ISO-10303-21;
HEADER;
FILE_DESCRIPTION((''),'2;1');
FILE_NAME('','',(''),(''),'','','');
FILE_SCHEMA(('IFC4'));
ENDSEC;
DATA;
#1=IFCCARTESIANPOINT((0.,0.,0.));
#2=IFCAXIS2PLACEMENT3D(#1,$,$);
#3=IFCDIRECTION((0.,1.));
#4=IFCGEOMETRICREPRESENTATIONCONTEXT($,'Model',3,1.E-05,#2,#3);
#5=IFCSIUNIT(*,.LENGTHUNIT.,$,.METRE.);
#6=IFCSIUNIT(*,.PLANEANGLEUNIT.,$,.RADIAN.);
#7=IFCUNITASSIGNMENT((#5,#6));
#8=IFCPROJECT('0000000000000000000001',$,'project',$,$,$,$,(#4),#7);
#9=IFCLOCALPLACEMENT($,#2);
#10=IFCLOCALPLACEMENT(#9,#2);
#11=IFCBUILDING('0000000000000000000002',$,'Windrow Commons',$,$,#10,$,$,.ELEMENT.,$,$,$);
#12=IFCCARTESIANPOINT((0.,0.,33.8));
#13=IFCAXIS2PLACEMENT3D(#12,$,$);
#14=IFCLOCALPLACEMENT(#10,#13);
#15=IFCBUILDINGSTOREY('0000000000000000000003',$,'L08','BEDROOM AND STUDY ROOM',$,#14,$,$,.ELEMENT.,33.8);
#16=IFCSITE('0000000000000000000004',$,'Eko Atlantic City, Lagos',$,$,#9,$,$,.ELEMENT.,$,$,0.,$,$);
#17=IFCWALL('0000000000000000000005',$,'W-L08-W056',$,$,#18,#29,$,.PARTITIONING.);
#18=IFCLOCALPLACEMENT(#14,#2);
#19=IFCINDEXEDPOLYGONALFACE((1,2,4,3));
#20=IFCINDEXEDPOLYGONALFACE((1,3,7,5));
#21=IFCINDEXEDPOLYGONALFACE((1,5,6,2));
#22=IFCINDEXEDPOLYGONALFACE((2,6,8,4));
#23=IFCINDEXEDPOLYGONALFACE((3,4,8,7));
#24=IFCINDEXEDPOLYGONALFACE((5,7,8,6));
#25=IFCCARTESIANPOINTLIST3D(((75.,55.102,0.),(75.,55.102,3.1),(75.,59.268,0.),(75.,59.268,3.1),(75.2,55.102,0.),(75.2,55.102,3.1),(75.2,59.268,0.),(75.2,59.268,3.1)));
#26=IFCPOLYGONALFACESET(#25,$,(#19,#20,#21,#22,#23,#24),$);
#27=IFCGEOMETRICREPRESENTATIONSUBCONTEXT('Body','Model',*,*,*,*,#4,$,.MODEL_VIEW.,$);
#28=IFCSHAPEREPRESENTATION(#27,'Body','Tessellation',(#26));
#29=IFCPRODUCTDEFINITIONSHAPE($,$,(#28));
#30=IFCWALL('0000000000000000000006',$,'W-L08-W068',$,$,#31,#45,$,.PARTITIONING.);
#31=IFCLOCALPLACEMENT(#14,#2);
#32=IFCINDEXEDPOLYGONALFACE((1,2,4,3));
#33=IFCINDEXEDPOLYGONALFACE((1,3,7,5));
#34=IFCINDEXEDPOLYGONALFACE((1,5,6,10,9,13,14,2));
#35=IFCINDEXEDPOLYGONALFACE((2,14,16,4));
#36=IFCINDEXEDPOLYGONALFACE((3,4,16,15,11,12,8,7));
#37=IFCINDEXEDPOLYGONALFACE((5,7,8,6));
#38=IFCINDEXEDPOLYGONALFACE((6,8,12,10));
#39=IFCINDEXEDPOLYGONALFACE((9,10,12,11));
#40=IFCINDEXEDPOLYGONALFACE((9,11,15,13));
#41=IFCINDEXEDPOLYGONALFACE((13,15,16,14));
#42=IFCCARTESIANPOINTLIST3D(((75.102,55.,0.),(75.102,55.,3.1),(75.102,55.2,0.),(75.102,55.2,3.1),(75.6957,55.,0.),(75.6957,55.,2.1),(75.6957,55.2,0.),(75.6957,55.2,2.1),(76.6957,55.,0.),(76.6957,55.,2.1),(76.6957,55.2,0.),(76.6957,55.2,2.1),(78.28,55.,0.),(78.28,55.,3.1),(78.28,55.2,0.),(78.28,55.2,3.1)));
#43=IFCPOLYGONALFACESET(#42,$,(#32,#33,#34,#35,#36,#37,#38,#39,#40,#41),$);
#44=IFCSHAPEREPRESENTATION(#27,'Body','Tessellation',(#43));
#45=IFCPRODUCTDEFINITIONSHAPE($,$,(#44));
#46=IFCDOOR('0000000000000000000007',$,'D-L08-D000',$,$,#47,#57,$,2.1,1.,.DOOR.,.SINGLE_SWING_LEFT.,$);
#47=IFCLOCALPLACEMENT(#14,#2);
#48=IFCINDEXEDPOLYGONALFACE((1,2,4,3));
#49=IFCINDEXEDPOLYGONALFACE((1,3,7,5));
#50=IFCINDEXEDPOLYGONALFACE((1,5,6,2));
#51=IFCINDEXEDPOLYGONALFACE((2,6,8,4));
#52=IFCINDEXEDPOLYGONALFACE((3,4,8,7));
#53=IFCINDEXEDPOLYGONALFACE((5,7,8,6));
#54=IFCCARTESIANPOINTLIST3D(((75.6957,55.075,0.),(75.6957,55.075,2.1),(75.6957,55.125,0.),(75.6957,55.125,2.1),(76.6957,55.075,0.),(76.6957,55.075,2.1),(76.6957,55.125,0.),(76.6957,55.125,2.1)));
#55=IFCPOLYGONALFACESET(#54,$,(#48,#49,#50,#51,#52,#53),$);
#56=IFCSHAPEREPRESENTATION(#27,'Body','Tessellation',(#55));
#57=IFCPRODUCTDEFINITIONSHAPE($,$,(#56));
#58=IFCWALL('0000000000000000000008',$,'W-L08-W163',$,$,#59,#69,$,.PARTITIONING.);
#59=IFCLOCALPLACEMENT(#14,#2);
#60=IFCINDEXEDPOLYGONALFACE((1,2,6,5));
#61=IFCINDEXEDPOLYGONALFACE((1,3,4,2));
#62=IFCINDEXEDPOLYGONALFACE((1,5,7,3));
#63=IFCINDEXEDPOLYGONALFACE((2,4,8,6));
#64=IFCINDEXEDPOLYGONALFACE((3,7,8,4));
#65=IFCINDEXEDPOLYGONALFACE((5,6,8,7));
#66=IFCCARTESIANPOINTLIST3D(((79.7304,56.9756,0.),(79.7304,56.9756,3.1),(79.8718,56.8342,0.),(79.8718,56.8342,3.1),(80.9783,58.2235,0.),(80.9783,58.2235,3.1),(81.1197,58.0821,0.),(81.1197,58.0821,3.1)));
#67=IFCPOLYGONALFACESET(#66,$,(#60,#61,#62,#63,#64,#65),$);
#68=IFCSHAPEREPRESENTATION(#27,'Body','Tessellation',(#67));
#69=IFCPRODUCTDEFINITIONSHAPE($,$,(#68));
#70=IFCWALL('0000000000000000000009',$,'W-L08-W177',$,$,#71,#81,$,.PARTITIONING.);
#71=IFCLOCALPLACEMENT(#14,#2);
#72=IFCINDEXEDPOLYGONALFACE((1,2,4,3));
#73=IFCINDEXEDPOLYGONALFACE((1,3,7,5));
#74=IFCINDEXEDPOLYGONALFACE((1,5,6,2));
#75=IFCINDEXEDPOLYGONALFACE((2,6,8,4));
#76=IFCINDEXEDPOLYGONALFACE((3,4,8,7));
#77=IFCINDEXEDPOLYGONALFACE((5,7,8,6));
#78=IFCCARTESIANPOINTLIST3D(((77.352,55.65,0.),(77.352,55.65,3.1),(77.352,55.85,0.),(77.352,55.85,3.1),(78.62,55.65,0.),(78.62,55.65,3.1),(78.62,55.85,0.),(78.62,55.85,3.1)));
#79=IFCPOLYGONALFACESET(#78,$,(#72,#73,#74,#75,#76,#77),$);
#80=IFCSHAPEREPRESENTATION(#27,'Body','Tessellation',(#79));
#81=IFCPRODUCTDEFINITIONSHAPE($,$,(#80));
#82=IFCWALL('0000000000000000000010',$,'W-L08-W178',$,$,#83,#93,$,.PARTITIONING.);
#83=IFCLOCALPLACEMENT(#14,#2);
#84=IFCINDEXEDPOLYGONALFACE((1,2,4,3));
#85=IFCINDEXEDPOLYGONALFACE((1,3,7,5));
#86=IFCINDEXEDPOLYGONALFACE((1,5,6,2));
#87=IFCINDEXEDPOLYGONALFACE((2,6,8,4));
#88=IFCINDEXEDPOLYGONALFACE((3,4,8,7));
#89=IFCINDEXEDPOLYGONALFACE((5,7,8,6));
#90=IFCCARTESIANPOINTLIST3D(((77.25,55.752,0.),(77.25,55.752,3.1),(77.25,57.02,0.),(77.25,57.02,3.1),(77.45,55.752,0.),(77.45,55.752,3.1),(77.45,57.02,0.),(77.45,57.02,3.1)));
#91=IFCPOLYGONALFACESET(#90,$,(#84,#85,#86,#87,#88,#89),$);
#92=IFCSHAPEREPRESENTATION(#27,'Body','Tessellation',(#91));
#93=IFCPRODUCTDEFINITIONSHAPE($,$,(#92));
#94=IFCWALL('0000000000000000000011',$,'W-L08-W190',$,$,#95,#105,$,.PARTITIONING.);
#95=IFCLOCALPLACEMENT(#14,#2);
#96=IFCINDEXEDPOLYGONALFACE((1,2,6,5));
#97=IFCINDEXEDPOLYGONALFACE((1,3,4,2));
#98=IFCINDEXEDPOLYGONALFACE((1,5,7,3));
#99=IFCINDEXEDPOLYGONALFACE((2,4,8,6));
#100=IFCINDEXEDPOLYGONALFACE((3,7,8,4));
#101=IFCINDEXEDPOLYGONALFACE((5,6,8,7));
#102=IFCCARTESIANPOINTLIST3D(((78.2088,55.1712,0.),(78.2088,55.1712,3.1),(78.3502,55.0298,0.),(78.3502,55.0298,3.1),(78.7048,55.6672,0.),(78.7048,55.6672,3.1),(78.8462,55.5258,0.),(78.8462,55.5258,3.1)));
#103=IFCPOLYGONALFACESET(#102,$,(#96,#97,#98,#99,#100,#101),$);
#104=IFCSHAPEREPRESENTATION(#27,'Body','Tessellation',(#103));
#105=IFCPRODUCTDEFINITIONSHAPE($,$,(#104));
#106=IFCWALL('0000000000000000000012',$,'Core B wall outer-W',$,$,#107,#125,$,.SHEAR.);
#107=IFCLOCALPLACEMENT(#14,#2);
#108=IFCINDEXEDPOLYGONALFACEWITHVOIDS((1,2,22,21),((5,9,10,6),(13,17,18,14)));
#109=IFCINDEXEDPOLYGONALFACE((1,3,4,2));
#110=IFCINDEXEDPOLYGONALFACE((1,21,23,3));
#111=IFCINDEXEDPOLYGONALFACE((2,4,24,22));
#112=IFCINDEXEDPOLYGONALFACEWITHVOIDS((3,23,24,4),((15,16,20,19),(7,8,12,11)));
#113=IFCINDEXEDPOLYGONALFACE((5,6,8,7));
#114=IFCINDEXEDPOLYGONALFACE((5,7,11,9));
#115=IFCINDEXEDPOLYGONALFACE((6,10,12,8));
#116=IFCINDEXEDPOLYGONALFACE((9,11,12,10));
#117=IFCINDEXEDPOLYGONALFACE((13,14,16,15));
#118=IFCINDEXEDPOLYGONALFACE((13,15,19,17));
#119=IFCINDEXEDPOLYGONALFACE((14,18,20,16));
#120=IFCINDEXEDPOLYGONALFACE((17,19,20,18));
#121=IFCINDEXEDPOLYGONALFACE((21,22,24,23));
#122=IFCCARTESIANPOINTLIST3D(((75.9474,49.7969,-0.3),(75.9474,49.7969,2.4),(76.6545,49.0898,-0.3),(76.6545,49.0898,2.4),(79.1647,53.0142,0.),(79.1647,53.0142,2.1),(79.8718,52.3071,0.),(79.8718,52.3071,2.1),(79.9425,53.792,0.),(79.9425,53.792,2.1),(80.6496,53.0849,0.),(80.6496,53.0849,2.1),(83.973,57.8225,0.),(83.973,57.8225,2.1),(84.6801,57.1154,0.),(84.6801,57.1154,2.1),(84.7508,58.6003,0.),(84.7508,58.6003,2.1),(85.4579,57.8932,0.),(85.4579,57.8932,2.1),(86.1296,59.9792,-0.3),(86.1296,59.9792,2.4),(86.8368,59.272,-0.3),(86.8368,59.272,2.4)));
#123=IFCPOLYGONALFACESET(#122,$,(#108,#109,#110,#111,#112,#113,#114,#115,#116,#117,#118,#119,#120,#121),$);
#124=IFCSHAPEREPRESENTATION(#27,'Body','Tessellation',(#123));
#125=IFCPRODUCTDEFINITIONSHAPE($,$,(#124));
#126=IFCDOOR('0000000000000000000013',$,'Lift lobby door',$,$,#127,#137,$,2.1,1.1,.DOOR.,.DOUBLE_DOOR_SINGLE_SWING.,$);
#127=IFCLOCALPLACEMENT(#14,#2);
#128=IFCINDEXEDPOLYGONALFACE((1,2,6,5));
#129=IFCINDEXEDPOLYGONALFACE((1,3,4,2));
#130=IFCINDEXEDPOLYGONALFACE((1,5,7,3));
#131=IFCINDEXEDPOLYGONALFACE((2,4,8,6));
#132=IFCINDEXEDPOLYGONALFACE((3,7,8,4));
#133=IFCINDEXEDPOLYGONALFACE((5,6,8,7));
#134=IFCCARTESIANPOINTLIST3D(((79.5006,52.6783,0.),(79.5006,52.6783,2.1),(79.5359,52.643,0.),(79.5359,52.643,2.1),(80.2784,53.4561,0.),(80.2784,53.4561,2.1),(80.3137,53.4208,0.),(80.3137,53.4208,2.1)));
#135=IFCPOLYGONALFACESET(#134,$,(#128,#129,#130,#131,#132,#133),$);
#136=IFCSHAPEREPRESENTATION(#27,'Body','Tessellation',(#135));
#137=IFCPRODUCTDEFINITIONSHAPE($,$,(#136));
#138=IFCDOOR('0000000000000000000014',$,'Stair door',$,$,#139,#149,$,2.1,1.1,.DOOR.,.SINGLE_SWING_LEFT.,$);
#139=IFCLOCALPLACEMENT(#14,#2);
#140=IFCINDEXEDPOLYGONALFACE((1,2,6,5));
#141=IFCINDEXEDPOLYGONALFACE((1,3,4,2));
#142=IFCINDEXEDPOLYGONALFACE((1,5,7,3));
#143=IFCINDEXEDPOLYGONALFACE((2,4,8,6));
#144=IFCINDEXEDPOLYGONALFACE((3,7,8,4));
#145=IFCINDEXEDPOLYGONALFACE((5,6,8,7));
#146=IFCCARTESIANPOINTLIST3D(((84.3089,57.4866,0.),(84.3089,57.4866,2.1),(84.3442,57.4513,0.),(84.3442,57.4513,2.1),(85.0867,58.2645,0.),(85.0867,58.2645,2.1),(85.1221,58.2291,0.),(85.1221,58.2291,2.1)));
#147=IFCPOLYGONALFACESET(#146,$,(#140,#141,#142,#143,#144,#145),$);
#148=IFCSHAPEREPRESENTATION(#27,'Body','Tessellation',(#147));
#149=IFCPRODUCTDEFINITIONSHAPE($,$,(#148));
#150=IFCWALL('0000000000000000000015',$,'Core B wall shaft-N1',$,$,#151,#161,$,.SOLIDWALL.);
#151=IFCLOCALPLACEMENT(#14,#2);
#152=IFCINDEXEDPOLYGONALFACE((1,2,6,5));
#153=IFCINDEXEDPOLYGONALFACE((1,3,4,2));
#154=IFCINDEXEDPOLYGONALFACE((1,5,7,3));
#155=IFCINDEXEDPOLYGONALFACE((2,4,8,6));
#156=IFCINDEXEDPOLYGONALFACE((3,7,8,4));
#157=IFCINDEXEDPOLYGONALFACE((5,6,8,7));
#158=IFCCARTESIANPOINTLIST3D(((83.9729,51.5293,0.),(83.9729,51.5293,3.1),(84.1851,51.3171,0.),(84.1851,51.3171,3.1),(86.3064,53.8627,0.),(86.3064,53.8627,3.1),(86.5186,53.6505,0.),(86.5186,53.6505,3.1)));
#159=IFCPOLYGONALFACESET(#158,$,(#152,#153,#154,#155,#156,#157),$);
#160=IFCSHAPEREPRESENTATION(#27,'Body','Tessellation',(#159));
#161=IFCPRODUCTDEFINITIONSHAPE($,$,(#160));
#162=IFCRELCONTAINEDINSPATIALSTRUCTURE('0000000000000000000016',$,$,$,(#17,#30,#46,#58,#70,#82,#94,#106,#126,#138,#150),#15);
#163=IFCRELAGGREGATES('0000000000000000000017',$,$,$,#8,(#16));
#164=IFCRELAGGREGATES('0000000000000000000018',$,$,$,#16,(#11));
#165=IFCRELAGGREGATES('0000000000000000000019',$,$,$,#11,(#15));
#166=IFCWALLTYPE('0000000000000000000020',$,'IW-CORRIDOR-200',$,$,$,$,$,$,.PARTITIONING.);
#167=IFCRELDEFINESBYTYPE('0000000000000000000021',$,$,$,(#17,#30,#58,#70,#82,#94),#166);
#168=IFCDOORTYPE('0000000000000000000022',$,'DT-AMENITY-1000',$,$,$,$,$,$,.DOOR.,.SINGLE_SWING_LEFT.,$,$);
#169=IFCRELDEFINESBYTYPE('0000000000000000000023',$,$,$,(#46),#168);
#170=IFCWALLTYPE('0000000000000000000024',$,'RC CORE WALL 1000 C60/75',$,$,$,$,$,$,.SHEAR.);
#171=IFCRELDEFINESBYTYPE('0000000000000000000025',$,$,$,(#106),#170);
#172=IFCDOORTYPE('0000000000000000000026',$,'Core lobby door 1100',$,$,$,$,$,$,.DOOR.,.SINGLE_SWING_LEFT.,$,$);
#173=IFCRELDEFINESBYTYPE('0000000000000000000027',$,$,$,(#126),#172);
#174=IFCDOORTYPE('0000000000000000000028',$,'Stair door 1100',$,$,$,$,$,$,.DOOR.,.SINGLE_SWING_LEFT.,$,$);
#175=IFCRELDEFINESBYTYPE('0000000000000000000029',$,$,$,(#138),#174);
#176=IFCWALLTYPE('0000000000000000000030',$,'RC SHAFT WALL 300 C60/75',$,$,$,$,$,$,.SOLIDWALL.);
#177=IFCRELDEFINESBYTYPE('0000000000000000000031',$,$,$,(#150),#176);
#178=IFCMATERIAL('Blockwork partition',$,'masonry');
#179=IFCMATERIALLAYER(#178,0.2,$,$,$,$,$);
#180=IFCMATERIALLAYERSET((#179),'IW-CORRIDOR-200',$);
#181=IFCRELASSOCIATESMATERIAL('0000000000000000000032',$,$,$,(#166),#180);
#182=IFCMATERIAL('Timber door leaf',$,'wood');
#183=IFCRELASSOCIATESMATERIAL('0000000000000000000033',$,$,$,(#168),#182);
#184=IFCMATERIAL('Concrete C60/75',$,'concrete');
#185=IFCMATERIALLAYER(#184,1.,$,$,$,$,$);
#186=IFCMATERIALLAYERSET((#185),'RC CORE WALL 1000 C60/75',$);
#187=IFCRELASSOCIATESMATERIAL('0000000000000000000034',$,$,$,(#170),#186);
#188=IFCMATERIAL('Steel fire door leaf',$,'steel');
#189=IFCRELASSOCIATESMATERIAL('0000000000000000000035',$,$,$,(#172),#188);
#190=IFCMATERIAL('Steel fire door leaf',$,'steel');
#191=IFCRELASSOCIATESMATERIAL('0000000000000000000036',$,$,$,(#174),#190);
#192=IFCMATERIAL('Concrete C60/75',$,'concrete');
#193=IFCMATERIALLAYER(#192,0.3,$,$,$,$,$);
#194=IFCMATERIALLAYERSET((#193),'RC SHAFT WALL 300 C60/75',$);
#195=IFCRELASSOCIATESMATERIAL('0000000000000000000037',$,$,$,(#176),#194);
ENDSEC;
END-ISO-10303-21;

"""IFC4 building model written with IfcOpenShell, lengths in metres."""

from ifc_helpers import new_model, si_unit, direction, frame, frame_2d, origin, place, context, subcontext, project, spatial, rectangle, extrude, material, layer, layer_set, type_object, element, fill, save


model = new_model("IFC4")

# Units and contexts
model_context = context("Model", 3, precision=1e-05, world=origin(), true_north=direction((0.0, 1.0)))
body_context = subcontext(model_context, "Body", "Model", "MODEL_VIEW")
ifc_project = project(units=[si_unit("LENGTHUNIT", "METRE"), si_unit("PLANEANGLEUNIT", "RADIAN")], contexts=[model_context])

# Site, building, storey
site_placement = place(None, origin())
site = spatial("IfcSite", under=ifc_project, at=site_placement, Name="Eko Atlantic City, Lagos", CompositionType="ELEMENT", RefElevation=0.0)
building_placement = place(site_placement, origin())
building = spatial("IfcBuilding", under=site, at=building_placement, Name="Windrow Commons", CompositionType="ELEMENT")
storey_placement = place(building_placement, frame((0.0, 0.0, 33.8)))
storey = spatial("IfcBuildingStorey", under=building, at=storey_placement, Name="L08", Description="BEDROOM AND STUDY ROOM", CompositionType="ELEMENT", Elevation=33.8)

# Wall
ifc_material_1 = material(Name="Blockwork partition", Category="masonry")
ifc_layer_1 = layer(ifc_material_1, 0.2)
ifc_layer_set_1 = layer_set([ifc_layer_1], Name="IW-CORRIDOR-200")
wall_type_1 = type_object("IfcWallType", Name="IW-CORRIDOR-200", PredefinedType="PARTITIONING", material=ifc_layer_set_1)
wall_1_placement = place(storey_placement, frame((75.1, 55.102, 0.0), z_axis=(0.0, 0.0, 1.0), x_axis=(0.0, 1.0, 0.0)))
element("IfcWall", 1, at=wall_1_placement, inside=storey, type_object=wall_type_1, Name="W-L08-W056", PredefinedType="PARTITIONING", context=body_context, shape_type="SweptSolid", body=[
    extrude(rectangle(XDim=4.166, YDim=0.2, at=frame_2d((2.083, 0.0))), origin(), (0.0, 0.0, 1.0), 3.1),
])

# Wall, opening, door
wall_2_placement = place(storey_placement, frame((75.102, 55.1, 0.0), z_axis=(0.0, 0.0, 1.0), x_axis=(1.0, 0.0, 0.0)))
wall_2 = element("IfcWall", 2, at=wall_2_placement, inside=storey, type_object=wall_type_1, Name="W-L08-W068", PredefinedType="PARTITIONING", context=body_context, shape_type="SweptSolid", body=[
    extrude(rectangle(XDim=3.178, YDim=0.2, at=frame_2d((1.589, 0.0))), origin(), (0.0, 0.0, 1.0), 3.1),
])
opening_1_placement = place(wall_2_placement, frame((0.5937, 0.0, 0.0)))
opening_1 = element("IfcOpeningElement", 3, at=opening_1_placement, cuts=wall_2, PredefinedType="OPENING", context=body_context, shape_type="SweptSolid", body=[
    extrude(rectangle(XDim=1.0, YDim=2.1, at=frame_2d((0.5, 1.05))), frame((0.0, 0.11, 0.0), z_axis=(0.0, -1.0, 0.0), x_axis=(1.0, 0.0, 0.0)), (0.0, 0.0, 1.0), 0.22),
])
ifc_material_2 = material(Name="Timber door leaf", Category="wood")
door_type_1 = type_object("IfcDoorType", Name="DT-AMENITY-1000", OperationType="SINGLE_SWING_LEFT", PredefinedType="DOOR", material=ifc_material_2)
door_1_placement = place(opening_1_placement, origin())
door_1 = element("IfcDoor", 4, at=door_1_placement, inside=storey, type_object=door_type_1, Name="D-L08-D000", OperationType="SINGLE_SWING_LEFT", OverallHeight=2.1, OverallWidth=1.0, PredefinedType="DOOR", context=body_context, shape_type="SweptSolid", body=[
    extrude(rectangle(XDim=1.0, YDim=2.1, at=frame_2d((0.5, 1.05))), frame((0.0, 0.025, 0.0), z_axis=(0.0, -1.0, 0.0), x_axis=(1.0, 0.0, 0.0)), (0.0, 0.0, 1.0), 0.05),
])
fill(opening_1, door_1)

# Walls
wall_3_placement = place(storey_placement, frame((79.8011, 56.9049, 0.0), z_axis=(0.0, 0.0, 1.0), x_axis=(0.707107, 0.707107, 0.0)))
element("IfcWall", 5, at=wall_3_placement, inside=storey, type_object=wall_type_1, Name="W-L08-W163", PredefinedType="PARTITIONING", context=body_context, shape_type="SweptSolid", body=[
    extrude(rectangle(XDim=1.7649, YDim=0.2, at=frame_2d((0.8824, 0.0))), origin(), (0.0, 0.0, 1.0), 3.1),
])
for number, where, z_axis, x_axis, name in (
    (6, (77.352, 55.75, 0.0), (0.0, 0.0, 1.0), (1.0, 0.0, 0.0), "W-L08-W177"),
    (7, (77.35, 55.752, 0.0), (0.0, 0.0, 1.0), (0.0, 1.0, 0.0), "W-L08-W178"),
):
    element("IfcWall", number, at=place(storey_placement, frame(where, z_axis=z_axis, x_axis=x_axis)), inside=storey, type_object=wall_type_1, Name=name, PredefinedType="PARTITIONING", context=body_context, shape_type="SweptSolid", body=[
        extrude(rectangle(XDim=1.268, YDim=0.2, at=frame_2d((0.634, 0.0))), origin(), (0.0, 0.0, 1.0), 3.1),
    ])
wall_4_placement = place(storey_placement, frame((78.2795, 55.1005, 0.0), z_axis=(0.0, 0.0, 1.0), x_axis=(0.707107, 0.707107, 0.0)))
element("IfcWall", 8, at=wall_4_placement, inside=storey, type_object=wall_type_1, Name="W-L08-W190", PredefinedType="PARTITIONING", context=body_context, shape_type="SweptSolid", body=[
    extrude(rectangle(XDim=0.7014, YDim=0.2, at=frame_2d((0.3507, 0.0))), origin(), (0.0, 0.0, 1.0), 3.1),
])

# Wall, openings, doors
ifc_material_3 = material(Name="Concrete C60/75", Category="concrete")
ifc_layer_2 = layer(ifc_material_3, 1.0)
ifc_layer_set_2 = layer_set([ifc_layer_2], Name="RC CORE WALL 1000 C60/75")
wall_type_2 = type_object("IfcWallType", Name="RC CORE WALL 1000 C60/75", PredefinedType="SHEAR", material=ifc_layer_set_2)
wall_5_placement = place(storey_placement, frame((76.3009, 49.4433, -0.3), z_axis=(0.0, 0.0, 1.0), x_axis=(0.707107, 0.707107, 0.0)))
wall_5 = element("IfcWall", 9, at=wall_5_placement, inside=storey, type_object=wall_type_2, Name="Core B wall outer-W", PredefinedType="SHEAR", context=body_context, shape_type="SweptSolid", body=[
    extrude(rectangle(XDim=14.3999, YDim=1.0, at=frame_2d((7.2, 0.0))), origin(), (0.0, 0.0, 1.0), 2.7),
])
opening_2_placement = place(wall_5_placement, frame((4.55, 0.0, 0.3)))
opening_2 = element("IfcOpeningElement", 10, at=opening_2_placement, cuts=wall_5, PredefinedType="OPENING", context=body_context, shape_type="SweptSolid", body=[
    extrude(rectangle(XDim=1.1, YDim=2.1, at=frame_2d((0.55, 1.05))), frame((0.0, 0.51, 0.0), z_axis=(0.0, -1.0, 0.0), x_axis=(1.0, 0.0, 0.0)), (0.0, 0.0, 1.0), 1.02),
])
opening_3_placement = place(wall_5_placement, frame((11.35, 0.0, 0.3)))
opening_3 = element("IfcOpeningElement", 11, at=opening_3_placement, cuts=wall_5, PredefinedType="OPENING", context=body_context, shape_type="SweptSolid", body=[
    extrude(rectangle(XDim=1.1, YDim=2.1, at=frame_2d((0.55, 1.05))), frame((0.0, 0.51, 0.0), z_axis=(0.0, -1.0, 0.0), x_axis=(1.0, 0.0, 0.0)), (0.0, 0.0, 1.0), 1.02),
])
ifc_material_4 = material(Name="Steel fire door leaf", Category="steel")
door_type_2 = type_object("IfcDoorType", Name="Core lobby door 1100", OperationType="SINGLE_SWING_LEFT", PredefinedType="DOOR", material=ifc_material_4)
door_2_placement = place(opening_2_placement, origin())
door_2 = element("IfcDoor", 12, at=door_2_placement, inside=storey, type_object=door_type_2, Name="Lift lobby door", OperationType="DOUBLE_DOOR_SINGLE_SWING", OverallHeight=2.1, OverallWidth=1.1, PredefinedType="DOOR", context=body_context, shape_type="SweptSolid", body=[
    extrude(rectangle(XDim=1.1, YDim=2.1, at=frame_2d((0.55, 1.05))), frame((0.0, 0.025, 0.0), z_axis=(0.0, -1.0, 0.0), x_axis=(1.0, 0.0, 0.0)), (0.0, 0.0, 1.0), 0.05),
])
fill(opening_2, door_2)
ifc_material_5 = material(Name="Steel fire door leaf", Category="steel")
door_type_3 = type_object("IfcDoorType", Name="Stair door 1100", OperationType="SINGLE_SWING_LEFT", PredefinedType="DOOR", material=ifc_material_5)
door_3_placement = place(opening_3_placement, origin())
door_3 = element("IfcDoor", 13, at=door_3_placement, inside=storey, type_object=door_type_3, Name="Stair door", OperationType="SINGLE_SWING_LEFT", OverallHeight=2.1, OverallWidth=1.1, PredefinedType="DOOR", context=body_context, shape_type="SweptSolid", body=[
    extrude(rectangle(XDim=1.1, YDim=2.1, at=frame_2d((0.55, 1.05))), frame((0.0, 0.025, 0.0), z_axis=(0.0, -1.0, 0.0), x_axis=(1.0, 0.0, 0.0)), (0.0, 0.0, 1.0), 0.05),
])
fill(opening_3, door_3)

# Wall
ifc_material_6 = material(Name="Concrete C60/75", Category="concrete")
ifc_layer_3 = layer(ifc_material_6, 0.3)
ifc_layer_set_3 = layer_set([ifc_layer_3], Name="RC SHAFT WALL 300 C60/75")
wall_type_3 = type_object("IfcWallType", Name="RC SHAFT WALL 300 C60/75", PredefinedType="SOLIDWALL", material=ifc_layer_set_3)
wall_6_placement = place(storey_placement, frame((84.079, 51.4232, 0.0), z_axis=(0.0, 0.0, 1.0), x_axis=(0.707122, 0.707092, 0.0)))
element("IfcWall", 14, at=wall_6_placement, inside=storey, type_object=wall_type_3, Name="Core B wall shaft-N1", PredefinedType="SOLIDWALL", context=body_context, shape_type="SweptSolid", body=[
    extrude(rectangle(XDim=3.3, YDim=0.3, at=frame_2d((1.65, 0.0))), origin(), (0.0, 0.0, 1.0), 3.1),
])

save(model, "model.ifc")
